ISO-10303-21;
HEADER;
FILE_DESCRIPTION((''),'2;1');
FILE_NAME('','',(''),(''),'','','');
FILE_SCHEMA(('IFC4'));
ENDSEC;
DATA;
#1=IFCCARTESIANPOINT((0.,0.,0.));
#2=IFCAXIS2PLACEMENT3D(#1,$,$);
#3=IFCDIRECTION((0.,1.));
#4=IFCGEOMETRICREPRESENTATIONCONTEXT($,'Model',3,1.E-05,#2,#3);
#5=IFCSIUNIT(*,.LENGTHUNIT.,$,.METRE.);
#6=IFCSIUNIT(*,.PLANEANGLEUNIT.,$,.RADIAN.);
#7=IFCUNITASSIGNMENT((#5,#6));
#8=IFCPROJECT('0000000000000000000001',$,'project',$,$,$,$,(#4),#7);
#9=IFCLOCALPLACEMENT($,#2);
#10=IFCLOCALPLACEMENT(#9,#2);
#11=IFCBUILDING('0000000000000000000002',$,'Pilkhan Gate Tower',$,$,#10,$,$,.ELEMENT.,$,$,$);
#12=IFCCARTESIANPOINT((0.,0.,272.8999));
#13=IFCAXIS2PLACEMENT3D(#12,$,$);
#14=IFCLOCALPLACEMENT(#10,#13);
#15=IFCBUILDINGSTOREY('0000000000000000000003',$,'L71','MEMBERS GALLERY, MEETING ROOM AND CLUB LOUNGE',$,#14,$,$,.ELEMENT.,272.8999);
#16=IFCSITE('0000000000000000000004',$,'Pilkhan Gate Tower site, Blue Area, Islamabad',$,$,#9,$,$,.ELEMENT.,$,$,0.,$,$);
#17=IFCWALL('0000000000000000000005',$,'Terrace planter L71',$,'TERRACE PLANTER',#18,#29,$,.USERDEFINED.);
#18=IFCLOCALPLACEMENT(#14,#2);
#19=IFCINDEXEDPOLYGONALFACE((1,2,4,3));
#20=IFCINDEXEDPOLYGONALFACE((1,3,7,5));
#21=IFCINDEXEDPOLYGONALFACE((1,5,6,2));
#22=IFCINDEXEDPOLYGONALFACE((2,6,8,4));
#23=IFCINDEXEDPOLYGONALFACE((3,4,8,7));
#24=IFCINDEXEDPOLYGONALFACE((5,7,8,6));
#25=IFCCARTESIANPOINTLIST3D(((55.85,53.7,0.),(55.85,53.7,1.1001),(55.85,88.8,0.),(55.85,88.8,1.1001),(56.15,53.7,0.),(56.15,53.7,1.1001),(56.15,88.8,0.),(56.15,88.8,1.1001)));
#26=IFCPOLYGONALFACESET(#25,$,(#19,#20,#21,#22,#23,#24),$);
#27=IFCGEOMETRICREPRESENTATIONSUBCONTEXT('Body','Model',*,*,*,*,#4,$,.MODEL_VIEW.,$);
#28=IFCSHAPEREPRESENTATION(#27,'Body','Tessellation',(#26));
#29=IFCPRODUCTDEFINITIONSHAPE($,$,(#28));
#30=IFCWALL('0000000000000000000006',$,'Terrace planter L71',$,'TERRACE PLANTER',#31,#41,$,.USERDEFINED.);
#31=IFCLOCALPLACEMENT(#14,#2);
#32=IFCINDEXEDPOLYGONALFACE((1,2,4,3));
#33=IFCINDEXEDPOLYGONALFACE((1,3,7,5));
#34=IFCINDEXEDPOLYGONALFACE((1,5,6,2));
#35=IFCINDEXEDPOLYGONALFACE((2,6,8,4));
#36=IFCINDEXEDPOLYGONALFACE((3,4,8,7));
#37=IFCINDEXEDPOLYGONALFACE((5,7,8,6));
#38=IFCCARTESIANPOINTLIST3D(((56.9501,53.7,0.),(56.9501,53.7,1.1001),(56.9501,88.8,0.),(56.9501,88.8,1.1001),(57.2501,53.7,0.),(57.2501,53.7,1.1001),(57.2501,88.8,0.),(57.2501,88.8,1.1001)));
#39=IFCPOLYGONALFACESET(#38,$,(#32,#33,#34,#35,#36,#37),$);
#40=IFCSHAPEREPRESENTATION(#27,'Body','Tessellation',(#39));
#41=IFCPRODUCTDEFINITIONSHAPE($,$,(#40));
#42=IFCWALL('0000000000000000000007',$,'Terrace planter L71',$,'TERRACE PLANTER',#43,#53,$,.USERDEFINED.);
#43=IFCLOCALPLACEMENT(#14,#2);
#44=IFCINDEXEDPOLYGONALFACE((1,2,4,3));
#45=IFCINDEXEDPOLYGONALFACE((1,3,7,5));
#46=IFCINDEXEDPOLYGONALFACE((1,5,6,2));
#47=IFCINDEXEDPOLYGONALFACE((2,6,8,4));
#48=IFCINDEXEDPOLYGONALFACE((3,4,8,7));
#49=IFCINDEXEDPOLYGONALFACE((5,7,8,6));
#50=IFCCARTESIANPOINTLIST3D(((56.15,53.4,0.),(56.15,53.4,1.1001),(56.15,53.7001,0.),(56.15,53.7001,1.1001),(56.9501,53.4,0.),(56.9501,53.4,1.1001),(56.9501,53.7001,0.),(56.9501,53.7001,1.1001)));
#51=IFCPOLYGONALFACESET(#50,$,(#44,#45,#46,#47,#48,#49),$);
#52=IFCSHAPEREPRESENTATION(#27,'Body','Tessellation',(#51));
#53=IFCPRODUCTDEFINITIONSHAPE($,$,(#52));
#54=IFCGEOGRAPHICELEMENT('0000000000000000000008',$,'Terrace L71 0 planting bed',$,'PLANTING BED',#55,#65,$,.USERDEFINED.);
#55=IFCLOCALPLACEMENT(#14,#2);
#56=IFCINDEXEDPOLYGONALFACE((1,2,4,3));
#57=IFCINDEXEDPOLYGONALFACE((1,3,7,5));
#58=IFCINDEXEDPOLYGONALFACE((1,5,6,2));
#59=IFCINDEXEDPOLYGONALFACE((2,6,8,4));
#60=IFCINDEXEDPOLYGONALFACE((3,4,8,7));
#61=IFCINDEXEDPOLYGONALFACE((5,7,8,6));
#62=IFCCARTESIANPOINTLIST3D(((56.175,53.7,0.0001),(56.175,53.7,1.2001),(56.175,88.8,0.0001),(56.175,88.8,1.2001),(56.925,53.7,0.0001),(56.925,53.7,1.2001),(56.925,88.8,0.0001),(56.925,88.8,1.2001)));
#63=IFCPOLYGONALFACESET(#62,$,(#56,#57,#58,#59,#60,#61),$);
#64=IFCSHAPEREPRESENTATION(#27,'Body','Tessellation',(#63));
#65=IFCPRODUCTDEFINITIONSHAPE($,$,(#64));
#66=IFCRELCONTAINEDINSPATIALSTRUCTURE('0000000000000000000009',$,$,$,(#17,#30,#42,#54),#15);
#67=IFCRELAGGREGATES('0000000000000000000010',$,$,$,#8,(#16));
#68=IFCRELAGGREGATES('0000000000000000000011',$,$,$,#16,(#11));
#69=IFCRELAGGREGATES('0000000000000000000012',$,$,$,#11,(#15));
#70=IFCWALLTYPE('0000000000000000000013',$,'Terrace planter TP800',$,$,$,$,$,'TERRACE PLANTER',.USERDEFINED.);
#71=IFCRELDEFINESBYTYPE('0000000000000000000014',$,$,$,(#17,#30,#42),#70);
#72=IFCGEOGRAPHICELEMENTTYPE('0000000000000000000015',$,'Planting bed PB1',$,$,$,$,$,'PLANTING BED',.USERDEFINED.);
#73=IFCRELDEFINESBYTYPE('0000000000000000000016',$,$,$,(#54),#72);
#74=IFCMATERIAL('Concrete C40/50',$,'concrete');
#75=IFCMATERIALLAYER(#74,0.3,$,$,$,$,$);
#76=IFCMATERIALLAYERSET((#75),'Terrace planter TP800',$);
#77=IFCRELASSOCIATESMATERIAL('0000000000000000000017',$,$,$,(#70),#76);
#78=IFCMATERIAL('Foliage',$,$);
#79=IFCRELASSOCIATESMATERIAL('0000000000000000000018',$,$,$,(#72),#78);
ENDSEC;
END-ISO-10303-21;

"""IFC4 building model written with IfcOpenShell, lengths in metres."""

from ifc_helpers import new_model, si_unit, direction, frame, frame_2d, origin, origin_2d, place, context, subcontext, project, spatial, rectangle, extrude, material, layer, layer_set, material_profile, profile_set, type_object, element, save


model = new_model("IFC4")

# Units and contexts
model_context = context("Model", 3, precision=1e-05, world=origin(), true_north=direction((0.0, 1.0)))
body_context = subcontext(model_context, "Body", "Model", "MODEL_VIEW")
ifc_project = project(units=[si_unit("LENGTHUNIT", "METRE"), si_unit("PLANEANGLEUNIT", "RADIAN")], contexts=[model_context])

# Site, building, storey
site_placement = place(None, origin())
site = spatial("IfcSite", under=ifc_project, at=site_placement, Name="Pilkhan Gate Tower site, Blue Area, Islamabad", CompositionType="ELEMENT", RefElevation=0.0)
building_placement = place(site_placement, origin())
building = spatial("IfcBuilding", under=site, at=building_placement, Name="Pilkhan Gate Tower", CompositionType="ELEMENT")
storey_placement = place(building_placement, frame((0.0, 0.0, 272.8999)))
storey = spatial("IfcBuildingStorey", under=building, at=storey_placement, Name="L71", Description="MEMBERS GALLERY, MEETING ROOM AND CLUB LOUNGE", CompositionType="ELEMENT", Elevation=272.8999)

# Shared definitions
ifc_material_1 = material(Name="Concrete C40/50", Category="concrete")

# Walls
ifc_layer_1 = layer(ifc_material_1, 0.3)
ifc_layer_set_1 = layer_set([ifc_layer_1], Name="Terrace planter TP800")
wall_type_1 = type_object("IfcWallType", Name="Terrace planter TP800", ElementType="TERRACE PLANTER", PredefinedType="USERDEFINED", material=ifc_layer_set_1)
for number, where, z_axis, x_axis, name in (
    (1, (56.0, 53.7, 0.0), (0.0, 0.0, 1.0), (0.0, 1.0, 0.0), "Terrace planter L71"),
    (2, (57.1001, 53.7, 0.0), (0.0, 0.0, 1.0), (0.0, 1.0, 0.0), "Terrace planter L71"),
):
    element("IfcWall", number, at=place(storey_placement, frame(where, z_axis=z_axis, x_axis=x_axis)), inside=storey, type_object=wall_type_1, Name=name, ObjectType="TERRACE PLANTER", PredefinedType="USERDEFINED", context=body_context, shape_type="SweptSolid", body=[
        extrude(rectangle(XDim=35.1001, YDim=0.3, at=frame_2d((17.55, 0.0))), origin(), (0.0, 0.0, 1.0), 1.1001),
    ])
wall_1_placement = place(storey_placement, frame((56.95, 53.55, 0.0), z_axis=(0.0, 0.0, 1.0), x_axis=(-1.0, 0.0, 0.0)))
element("IfcWall", 3, at=wall_1_placement, inside=storey, type_object=wall_type_1, Name="Terrace planter L71", ObjectType="TERRACE PLANTER", PredefinedType="USERDEFINED", context=body_context, shape_type="SweptSolid", body=[
    extrude(rectangle(XDim=0.8, YDim=0.3, at=frame_2d((0.3999, 0.0))), origin(), (0.0, 0.0, 1.0), 1.1001),
])

# Geographic element
ifc_material_2 = material(Name="Foliage")
ifc_material_profile_1 = material_profile(ifc_material_2, rectangle(XDim=0.75, YDim=1.2, at=origin_2d()), Name="Bed 750x1200")
ifc_profile_set_1 = profile_set([ifc_material_profile_1], Name="Foliage")
geographic_element_type = type_object("IfcGeographicElementType", Name="Planting bed PB1", ElementType="PLANTING BED", PredefinedType="USERDEFINED", material=ifc_profile_set_1)
geographic_element_placement = place(storey_placement, frame((56.55, 53.7, 0.6001), z_axis=(0.0, 1.0, 0.0), x_axis=(-1.0, 0.0, 0.0)))
element("IfcGeographicElement", 4, at=geographic_element_placement, inside=storey, type_object=geographic_element_type, Name="Terrace L71 0 planting bed", ObjectType="PLANTING BED", PredefinedType="USERDEFINED", context=body_context, shape_type="SweptSolid", body=[
    extrude(rectangle(XDim=0.75, YDim=1.2, at=origin_2d()), origin(), (0.0, 0.0, 1.0), 35.1001),
])

save(model, "model.ifc")
